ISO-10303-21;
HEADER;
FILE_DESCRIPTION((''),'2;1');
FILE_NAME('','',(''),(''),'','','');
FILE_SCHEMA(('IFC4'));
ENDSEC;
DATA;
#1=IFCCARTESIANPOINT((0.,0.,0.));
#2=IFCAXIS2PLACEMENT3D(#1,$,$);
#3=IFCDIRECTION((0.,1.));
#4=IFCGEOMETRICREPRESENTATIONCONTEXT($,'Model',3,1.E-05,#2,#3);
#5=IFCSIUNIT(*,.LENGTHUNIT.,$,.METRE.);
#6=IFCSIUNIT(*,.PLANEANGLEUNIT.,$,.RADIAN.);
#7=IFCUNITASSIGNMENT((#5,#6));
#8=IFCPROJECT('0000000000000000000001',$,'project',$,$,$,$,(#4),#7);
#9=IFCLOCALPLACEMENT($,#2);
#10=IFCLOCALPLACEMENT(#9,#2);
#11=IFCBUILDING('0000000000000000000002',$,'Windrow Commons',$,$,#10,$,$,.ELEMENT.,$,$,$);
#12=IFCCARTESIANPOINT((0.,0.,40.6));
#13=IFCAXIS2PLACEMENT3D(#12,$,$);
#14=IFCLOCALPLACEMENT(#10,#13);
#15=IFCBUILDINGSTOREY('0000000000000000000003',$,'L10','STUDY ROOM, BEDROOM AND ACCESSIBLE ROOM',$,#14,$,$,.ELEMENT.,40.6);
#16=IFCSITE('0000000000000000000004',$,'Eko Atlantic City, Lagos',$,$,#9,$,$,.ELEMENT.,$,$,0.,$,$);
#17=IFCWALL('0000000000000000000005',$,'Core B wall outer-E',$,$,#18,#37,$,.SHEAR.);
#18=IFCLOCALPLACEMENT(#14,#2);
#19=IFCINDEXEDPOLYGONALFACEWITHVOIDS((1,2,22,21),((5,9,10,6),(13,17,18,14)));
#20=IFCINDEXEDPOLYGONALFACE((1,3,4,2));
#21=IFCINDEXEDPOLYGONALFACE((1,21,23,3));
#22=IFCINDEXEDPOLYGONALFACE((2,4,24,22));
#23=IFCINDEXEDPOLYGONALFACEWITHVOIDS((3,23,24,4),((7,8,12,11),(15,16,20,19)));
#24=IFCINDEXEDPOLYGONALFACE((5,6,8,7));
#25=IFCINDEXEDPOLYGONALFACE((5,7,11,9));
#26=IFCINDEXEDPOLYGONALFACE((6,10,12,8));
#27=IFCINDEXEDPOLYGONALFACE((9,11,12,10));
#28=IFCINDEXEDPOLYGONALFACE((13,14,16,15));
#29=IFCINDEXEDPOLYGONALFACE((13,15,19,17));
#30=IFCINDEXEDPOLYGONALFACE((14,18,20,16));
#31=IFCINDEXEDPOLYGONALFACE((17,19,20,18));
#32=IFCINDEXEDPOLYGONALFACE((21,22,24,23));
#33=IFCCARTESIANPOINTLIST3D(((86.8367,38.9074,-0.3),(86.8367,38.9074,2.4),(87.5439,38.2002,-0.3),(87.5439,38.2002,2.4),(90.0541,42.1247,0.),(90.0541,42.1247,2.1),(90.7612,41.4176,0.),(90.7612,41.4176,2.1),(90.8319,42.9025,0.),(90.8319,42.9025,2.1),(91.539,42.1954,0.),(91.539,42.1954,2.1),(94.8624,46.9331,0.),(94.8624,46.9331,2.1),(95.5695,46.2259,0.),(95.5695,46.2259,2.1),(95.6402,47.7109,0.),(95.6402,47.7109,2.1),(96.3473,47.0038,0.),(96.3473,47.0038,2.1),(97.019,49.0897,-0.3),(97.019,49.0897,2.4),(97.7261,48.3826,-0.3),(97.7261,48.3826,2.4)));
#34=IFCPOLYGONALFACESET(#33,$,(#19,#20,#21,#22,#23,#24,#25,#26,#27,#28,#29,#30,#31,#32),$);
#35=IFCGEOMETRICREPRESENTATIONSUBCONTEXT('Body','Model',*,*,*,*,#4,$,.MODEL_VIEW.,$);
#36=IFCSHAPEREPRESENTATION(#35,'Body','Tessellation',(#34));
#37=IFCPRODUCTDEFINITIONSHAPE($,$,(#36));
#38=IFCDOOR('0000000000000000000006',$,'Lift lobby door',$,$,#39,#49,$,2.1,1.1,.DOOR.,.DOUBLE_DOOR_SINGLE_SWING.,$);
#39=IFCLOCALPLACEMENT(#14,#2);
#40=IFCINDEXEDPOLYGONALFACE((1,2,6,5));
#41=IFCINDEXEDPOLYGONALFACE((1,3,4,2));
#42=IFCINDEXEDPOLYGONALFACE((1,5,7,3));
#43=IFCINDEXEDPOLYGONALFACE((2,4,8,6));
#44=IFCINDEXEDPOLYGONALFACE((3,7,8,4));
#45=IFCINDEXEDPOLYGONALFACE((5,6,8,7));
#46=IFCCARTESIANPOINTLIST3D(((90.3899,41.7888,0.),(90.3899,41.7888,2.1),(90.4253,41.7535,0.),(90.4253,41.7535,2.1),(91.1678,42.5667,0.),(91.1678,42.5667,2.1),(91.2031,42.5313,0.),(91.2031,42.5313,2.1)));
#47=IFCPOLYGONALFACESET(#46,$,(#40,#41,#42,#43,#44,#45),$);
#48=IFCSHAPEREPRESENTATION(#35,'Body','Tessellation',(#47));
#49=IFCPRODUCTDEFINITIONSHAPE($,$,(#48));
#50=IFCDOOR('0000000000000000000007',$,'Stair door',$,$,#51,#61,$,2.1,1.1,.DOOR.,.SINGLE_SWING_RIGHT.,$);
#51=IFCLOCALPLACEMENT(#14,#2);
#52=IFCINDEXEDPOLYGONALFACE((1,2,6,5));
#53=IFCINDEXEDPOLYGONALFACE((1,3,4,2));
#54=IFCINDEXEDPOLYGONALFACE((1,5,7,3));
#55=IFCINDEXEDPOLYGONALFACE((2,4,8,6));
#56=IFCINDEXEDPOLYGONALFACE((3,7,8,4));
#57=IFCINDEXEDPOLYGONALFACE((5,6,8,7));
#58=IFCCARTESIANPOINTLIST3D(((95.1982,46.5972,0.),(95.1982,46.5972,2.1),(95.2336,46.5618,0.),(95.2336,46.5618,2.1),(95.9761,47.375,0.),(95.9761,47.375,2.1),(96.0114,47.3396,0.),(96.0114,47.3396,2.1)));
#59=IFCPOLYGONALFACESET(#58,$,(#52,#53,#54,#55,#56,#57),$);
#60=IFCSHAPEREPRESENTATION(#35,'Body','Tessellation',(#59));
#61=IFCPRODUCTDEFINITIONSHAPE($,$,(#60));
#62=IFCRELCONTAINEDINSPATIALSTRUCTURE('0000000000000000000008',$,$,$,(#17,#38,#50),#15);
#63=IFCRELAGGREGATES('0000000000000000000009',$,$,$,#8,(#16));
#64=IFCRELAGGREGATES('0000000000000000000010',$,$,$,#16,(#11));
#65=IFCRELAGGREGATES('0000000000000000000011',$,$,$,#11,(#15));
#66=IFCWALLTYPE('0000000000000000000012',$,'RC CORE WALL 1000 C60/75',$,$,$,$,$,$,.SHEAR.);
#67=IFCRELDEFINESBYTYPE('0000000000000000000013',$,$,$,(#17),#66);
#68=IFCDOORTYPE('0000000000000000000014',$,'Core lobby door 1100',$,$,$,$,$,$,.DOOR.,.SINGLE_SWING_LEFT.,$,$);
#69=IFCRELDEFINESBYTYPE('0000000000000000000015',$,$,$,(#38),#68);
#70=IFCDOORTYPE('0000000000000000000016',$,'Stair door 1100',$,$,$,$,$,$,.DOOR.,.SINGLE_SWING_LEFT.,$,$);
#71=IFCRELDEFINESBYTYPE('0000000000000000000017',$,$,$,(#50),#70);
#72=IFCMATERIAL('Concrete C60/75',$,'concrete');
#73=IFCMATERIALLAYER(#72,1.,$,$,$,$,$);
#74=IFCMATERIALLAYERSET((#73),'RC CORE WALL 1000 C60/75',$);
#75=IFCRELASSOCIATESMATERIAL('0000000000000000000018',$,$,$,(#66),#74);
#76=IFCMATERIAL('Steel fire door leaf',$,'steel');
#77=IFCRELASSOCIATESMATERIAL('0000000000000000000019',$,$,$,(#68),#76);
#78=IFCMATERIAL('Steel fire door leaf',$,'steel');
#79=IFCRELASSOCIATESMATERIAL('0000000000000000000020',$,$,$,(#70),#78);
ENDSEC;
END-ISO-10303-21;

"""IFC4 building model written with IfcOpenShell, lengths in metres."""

from ifc_helpers import new_model, si_unit, direction, frame, frame_2d, origin, place, context, subcontext, project, spatial, rectangle, extrude, material, layer, layer_set, type_object, element, fill, save


model = new_model("IFC4")

# Units and contexts
model_context = context("Model", 3, precision=1e-05, world=origin(), true_north=direction((0.0, 1.0)))
body_context = subcontext(model_context, "Body", "Model", "MODEL_VIEW")
ifc_project = project(units=[si_unit("LENGTHUNIT", "METRE"), si_unit("PLANEANGLEUNIT", "RADIAN")], contexts=[model_context])

# Site, building, storey
site_placement = place(None, origin())
site = spatial("IfcSite", under=ifc_project, at=site_placement, Name="Eko Atlantic City, Lagos", CompositionType="ELEMENT", RefElevation=0.0)
building_placement = place(site_placement, origin())
building = spatial("IfcBuilding", under=site, at=building_placement, Name="Windrow Commons", CompositionType="ELEMENT")
storey_placement = place(building_placement, frame((0.0, 0.0, 40.6)))
storey = spatial("IfcBuildingStorey", under=building, at=storey_placement, Name="L10", Description="STUDY ROOM, BEDROOM AND ACCESSIBLE ROOM", CompositionType="ELEMENT", Elevation=40.6)

# Wall, openings, doors
ifc_material_1 = material(Name="Concrete C60/75", Category="concrete")
ifc_layer_1 = layer(ifc_material_1, 1.0)
ifc_layer_set_1 = layer_set([ifc_layer_1], Name="RC CORE WALL 1000 C60/75")
wall_type_1 = type_object("IfcWallType", Name="RC CORE WALL 1000 C60/75", PredefinedType="SHEAR", material=ifc_layer_set_1)
wall_1_placement = place(storey_placement, frame((87.1903, 38.5538, -0.3), z_axis=(0.0, 0.0, 1.0), x_axis=(0.707103, 0.70711, 0.0)))
wall_1 = element("IfcWall", 1, at=wall_1_placement, inside=storey, type_object=wall_type_1, Name="Core B wall outer-E", PredefinedType="SHEAR", context=body_context, shape_type="SweptSolid", body=[
    extrude(rectangle(XDim=14.4, YDim=1.0, at=frame_2d((7.2, 0.0))), origin(), (0.0, 0.0, 1.0), 2.7),
])
opening_1_placement = place(wall_1_placement, frame((4.55, 0.0, 0.3)))
opening_1 = element("IfcOpeningElement", 2, at=opening_1_placement, cuts=wall_1, PredefinedType="OPENING", context=body_context, shape_type="SweptSolid", body=[
    extrude(rectangle(XDim=1.1, YDim=2.1, at=frame_2d((0.55, 1.05))), frame((0.0, 0.51, 0.0), z_axis=(0.0, -1.0, 0.0), x_axis=(1.0, 0.0, 0.0)), (0.0, 0.0, 1.0), 1.02),
])
opening_2_placement = place(wall_1_placement, frame((11.35, 0.0, 0.3)))
opening_2 = element("IfcOpeningElement", 3, at=opening_2_placement, cuts=wall_1, PredefinedType="OPENING", context=body_context, shape_type="SweptSolid", body=[
    extrude(rectangle(XDim=1.1, YDim=2.1, at=frame_2d((0.55, 1.05))), frame((0.0, 0.51, 0.0), z_axis=(0.0, -1.0, 0.0), x_axis=(1.0, 0.0, 0.0)), (0.0, 0.0, 1.0), 1.02),
])
ifc_material_2 = material(Name="Steel fire door leaf", Category="steel")
door_type_1 = type_object("IfcDoorType", Name="Core lobby door 1100", OperationType="SINGLE_SWING_LEFT", PredefinedType="DOOR", material=ifc_material_2)
door_1_placement = place(opening_1_placement, origin())
door_1 = element("IfcDoor", 4, at=door_1_placement, inside=storey, type_object=door_type_1, Name="Lift lobby door", OperationType="DOUBLE_DOOR_SINGLE_SWING", OverallHeight=2.1, OverallWidth=1.1, PredefinedType="DOOR", context=body_context, shape_type="SweptSolid", body=[
    extrude(rectangle(XDim=1.1, YDim=2.1, at=frame_2d((0.55, 1.05))), frame((0.0, 0.025, 0.0), z_axis=(0.0, -1.0, 0.0), x_axis=(1.0, 0.0, 0.0)), (0.0, 0.0, 1.0), 0.05),
])
fill(opening_1, door_1)
ifc_material_3 = material(Name="Steel fire door leaf", Category="steel")
door_type_2 = type_object("IfcDoorType", Name="Stair door 1100", OperationType="SINGLE_SWING_LEFT", PredefinedType="DOOR", material=ifc_material_3)
door_2_placement = place(opening_2_placement, origin())
door_2 = element("IfcDoor", 5, at=door_2_placement, inside=storey, type_object=door_type_2, Name="Stair door", OperationType="SINGLE_SWING_RIGHT", OverallHeight=2.1, OverallWidth=1.1, PredefinedType="DOOR", context=body_context, shape_type="SweptSolid", body=[
    extrude(rectangle(XDim=1.1, YDim=2.1, at=frame_2d((0.55, 1.05))), frame((0.0, 0.025, 0.0), z_axis=(0.0, -1.0, 0.0), x_axis=(1.0, 0.0, 0.0)), (0.0, 0.0, 1.0), 0.05),
])
fill(opening_2, door_2)

save(model, "model.ifc")
